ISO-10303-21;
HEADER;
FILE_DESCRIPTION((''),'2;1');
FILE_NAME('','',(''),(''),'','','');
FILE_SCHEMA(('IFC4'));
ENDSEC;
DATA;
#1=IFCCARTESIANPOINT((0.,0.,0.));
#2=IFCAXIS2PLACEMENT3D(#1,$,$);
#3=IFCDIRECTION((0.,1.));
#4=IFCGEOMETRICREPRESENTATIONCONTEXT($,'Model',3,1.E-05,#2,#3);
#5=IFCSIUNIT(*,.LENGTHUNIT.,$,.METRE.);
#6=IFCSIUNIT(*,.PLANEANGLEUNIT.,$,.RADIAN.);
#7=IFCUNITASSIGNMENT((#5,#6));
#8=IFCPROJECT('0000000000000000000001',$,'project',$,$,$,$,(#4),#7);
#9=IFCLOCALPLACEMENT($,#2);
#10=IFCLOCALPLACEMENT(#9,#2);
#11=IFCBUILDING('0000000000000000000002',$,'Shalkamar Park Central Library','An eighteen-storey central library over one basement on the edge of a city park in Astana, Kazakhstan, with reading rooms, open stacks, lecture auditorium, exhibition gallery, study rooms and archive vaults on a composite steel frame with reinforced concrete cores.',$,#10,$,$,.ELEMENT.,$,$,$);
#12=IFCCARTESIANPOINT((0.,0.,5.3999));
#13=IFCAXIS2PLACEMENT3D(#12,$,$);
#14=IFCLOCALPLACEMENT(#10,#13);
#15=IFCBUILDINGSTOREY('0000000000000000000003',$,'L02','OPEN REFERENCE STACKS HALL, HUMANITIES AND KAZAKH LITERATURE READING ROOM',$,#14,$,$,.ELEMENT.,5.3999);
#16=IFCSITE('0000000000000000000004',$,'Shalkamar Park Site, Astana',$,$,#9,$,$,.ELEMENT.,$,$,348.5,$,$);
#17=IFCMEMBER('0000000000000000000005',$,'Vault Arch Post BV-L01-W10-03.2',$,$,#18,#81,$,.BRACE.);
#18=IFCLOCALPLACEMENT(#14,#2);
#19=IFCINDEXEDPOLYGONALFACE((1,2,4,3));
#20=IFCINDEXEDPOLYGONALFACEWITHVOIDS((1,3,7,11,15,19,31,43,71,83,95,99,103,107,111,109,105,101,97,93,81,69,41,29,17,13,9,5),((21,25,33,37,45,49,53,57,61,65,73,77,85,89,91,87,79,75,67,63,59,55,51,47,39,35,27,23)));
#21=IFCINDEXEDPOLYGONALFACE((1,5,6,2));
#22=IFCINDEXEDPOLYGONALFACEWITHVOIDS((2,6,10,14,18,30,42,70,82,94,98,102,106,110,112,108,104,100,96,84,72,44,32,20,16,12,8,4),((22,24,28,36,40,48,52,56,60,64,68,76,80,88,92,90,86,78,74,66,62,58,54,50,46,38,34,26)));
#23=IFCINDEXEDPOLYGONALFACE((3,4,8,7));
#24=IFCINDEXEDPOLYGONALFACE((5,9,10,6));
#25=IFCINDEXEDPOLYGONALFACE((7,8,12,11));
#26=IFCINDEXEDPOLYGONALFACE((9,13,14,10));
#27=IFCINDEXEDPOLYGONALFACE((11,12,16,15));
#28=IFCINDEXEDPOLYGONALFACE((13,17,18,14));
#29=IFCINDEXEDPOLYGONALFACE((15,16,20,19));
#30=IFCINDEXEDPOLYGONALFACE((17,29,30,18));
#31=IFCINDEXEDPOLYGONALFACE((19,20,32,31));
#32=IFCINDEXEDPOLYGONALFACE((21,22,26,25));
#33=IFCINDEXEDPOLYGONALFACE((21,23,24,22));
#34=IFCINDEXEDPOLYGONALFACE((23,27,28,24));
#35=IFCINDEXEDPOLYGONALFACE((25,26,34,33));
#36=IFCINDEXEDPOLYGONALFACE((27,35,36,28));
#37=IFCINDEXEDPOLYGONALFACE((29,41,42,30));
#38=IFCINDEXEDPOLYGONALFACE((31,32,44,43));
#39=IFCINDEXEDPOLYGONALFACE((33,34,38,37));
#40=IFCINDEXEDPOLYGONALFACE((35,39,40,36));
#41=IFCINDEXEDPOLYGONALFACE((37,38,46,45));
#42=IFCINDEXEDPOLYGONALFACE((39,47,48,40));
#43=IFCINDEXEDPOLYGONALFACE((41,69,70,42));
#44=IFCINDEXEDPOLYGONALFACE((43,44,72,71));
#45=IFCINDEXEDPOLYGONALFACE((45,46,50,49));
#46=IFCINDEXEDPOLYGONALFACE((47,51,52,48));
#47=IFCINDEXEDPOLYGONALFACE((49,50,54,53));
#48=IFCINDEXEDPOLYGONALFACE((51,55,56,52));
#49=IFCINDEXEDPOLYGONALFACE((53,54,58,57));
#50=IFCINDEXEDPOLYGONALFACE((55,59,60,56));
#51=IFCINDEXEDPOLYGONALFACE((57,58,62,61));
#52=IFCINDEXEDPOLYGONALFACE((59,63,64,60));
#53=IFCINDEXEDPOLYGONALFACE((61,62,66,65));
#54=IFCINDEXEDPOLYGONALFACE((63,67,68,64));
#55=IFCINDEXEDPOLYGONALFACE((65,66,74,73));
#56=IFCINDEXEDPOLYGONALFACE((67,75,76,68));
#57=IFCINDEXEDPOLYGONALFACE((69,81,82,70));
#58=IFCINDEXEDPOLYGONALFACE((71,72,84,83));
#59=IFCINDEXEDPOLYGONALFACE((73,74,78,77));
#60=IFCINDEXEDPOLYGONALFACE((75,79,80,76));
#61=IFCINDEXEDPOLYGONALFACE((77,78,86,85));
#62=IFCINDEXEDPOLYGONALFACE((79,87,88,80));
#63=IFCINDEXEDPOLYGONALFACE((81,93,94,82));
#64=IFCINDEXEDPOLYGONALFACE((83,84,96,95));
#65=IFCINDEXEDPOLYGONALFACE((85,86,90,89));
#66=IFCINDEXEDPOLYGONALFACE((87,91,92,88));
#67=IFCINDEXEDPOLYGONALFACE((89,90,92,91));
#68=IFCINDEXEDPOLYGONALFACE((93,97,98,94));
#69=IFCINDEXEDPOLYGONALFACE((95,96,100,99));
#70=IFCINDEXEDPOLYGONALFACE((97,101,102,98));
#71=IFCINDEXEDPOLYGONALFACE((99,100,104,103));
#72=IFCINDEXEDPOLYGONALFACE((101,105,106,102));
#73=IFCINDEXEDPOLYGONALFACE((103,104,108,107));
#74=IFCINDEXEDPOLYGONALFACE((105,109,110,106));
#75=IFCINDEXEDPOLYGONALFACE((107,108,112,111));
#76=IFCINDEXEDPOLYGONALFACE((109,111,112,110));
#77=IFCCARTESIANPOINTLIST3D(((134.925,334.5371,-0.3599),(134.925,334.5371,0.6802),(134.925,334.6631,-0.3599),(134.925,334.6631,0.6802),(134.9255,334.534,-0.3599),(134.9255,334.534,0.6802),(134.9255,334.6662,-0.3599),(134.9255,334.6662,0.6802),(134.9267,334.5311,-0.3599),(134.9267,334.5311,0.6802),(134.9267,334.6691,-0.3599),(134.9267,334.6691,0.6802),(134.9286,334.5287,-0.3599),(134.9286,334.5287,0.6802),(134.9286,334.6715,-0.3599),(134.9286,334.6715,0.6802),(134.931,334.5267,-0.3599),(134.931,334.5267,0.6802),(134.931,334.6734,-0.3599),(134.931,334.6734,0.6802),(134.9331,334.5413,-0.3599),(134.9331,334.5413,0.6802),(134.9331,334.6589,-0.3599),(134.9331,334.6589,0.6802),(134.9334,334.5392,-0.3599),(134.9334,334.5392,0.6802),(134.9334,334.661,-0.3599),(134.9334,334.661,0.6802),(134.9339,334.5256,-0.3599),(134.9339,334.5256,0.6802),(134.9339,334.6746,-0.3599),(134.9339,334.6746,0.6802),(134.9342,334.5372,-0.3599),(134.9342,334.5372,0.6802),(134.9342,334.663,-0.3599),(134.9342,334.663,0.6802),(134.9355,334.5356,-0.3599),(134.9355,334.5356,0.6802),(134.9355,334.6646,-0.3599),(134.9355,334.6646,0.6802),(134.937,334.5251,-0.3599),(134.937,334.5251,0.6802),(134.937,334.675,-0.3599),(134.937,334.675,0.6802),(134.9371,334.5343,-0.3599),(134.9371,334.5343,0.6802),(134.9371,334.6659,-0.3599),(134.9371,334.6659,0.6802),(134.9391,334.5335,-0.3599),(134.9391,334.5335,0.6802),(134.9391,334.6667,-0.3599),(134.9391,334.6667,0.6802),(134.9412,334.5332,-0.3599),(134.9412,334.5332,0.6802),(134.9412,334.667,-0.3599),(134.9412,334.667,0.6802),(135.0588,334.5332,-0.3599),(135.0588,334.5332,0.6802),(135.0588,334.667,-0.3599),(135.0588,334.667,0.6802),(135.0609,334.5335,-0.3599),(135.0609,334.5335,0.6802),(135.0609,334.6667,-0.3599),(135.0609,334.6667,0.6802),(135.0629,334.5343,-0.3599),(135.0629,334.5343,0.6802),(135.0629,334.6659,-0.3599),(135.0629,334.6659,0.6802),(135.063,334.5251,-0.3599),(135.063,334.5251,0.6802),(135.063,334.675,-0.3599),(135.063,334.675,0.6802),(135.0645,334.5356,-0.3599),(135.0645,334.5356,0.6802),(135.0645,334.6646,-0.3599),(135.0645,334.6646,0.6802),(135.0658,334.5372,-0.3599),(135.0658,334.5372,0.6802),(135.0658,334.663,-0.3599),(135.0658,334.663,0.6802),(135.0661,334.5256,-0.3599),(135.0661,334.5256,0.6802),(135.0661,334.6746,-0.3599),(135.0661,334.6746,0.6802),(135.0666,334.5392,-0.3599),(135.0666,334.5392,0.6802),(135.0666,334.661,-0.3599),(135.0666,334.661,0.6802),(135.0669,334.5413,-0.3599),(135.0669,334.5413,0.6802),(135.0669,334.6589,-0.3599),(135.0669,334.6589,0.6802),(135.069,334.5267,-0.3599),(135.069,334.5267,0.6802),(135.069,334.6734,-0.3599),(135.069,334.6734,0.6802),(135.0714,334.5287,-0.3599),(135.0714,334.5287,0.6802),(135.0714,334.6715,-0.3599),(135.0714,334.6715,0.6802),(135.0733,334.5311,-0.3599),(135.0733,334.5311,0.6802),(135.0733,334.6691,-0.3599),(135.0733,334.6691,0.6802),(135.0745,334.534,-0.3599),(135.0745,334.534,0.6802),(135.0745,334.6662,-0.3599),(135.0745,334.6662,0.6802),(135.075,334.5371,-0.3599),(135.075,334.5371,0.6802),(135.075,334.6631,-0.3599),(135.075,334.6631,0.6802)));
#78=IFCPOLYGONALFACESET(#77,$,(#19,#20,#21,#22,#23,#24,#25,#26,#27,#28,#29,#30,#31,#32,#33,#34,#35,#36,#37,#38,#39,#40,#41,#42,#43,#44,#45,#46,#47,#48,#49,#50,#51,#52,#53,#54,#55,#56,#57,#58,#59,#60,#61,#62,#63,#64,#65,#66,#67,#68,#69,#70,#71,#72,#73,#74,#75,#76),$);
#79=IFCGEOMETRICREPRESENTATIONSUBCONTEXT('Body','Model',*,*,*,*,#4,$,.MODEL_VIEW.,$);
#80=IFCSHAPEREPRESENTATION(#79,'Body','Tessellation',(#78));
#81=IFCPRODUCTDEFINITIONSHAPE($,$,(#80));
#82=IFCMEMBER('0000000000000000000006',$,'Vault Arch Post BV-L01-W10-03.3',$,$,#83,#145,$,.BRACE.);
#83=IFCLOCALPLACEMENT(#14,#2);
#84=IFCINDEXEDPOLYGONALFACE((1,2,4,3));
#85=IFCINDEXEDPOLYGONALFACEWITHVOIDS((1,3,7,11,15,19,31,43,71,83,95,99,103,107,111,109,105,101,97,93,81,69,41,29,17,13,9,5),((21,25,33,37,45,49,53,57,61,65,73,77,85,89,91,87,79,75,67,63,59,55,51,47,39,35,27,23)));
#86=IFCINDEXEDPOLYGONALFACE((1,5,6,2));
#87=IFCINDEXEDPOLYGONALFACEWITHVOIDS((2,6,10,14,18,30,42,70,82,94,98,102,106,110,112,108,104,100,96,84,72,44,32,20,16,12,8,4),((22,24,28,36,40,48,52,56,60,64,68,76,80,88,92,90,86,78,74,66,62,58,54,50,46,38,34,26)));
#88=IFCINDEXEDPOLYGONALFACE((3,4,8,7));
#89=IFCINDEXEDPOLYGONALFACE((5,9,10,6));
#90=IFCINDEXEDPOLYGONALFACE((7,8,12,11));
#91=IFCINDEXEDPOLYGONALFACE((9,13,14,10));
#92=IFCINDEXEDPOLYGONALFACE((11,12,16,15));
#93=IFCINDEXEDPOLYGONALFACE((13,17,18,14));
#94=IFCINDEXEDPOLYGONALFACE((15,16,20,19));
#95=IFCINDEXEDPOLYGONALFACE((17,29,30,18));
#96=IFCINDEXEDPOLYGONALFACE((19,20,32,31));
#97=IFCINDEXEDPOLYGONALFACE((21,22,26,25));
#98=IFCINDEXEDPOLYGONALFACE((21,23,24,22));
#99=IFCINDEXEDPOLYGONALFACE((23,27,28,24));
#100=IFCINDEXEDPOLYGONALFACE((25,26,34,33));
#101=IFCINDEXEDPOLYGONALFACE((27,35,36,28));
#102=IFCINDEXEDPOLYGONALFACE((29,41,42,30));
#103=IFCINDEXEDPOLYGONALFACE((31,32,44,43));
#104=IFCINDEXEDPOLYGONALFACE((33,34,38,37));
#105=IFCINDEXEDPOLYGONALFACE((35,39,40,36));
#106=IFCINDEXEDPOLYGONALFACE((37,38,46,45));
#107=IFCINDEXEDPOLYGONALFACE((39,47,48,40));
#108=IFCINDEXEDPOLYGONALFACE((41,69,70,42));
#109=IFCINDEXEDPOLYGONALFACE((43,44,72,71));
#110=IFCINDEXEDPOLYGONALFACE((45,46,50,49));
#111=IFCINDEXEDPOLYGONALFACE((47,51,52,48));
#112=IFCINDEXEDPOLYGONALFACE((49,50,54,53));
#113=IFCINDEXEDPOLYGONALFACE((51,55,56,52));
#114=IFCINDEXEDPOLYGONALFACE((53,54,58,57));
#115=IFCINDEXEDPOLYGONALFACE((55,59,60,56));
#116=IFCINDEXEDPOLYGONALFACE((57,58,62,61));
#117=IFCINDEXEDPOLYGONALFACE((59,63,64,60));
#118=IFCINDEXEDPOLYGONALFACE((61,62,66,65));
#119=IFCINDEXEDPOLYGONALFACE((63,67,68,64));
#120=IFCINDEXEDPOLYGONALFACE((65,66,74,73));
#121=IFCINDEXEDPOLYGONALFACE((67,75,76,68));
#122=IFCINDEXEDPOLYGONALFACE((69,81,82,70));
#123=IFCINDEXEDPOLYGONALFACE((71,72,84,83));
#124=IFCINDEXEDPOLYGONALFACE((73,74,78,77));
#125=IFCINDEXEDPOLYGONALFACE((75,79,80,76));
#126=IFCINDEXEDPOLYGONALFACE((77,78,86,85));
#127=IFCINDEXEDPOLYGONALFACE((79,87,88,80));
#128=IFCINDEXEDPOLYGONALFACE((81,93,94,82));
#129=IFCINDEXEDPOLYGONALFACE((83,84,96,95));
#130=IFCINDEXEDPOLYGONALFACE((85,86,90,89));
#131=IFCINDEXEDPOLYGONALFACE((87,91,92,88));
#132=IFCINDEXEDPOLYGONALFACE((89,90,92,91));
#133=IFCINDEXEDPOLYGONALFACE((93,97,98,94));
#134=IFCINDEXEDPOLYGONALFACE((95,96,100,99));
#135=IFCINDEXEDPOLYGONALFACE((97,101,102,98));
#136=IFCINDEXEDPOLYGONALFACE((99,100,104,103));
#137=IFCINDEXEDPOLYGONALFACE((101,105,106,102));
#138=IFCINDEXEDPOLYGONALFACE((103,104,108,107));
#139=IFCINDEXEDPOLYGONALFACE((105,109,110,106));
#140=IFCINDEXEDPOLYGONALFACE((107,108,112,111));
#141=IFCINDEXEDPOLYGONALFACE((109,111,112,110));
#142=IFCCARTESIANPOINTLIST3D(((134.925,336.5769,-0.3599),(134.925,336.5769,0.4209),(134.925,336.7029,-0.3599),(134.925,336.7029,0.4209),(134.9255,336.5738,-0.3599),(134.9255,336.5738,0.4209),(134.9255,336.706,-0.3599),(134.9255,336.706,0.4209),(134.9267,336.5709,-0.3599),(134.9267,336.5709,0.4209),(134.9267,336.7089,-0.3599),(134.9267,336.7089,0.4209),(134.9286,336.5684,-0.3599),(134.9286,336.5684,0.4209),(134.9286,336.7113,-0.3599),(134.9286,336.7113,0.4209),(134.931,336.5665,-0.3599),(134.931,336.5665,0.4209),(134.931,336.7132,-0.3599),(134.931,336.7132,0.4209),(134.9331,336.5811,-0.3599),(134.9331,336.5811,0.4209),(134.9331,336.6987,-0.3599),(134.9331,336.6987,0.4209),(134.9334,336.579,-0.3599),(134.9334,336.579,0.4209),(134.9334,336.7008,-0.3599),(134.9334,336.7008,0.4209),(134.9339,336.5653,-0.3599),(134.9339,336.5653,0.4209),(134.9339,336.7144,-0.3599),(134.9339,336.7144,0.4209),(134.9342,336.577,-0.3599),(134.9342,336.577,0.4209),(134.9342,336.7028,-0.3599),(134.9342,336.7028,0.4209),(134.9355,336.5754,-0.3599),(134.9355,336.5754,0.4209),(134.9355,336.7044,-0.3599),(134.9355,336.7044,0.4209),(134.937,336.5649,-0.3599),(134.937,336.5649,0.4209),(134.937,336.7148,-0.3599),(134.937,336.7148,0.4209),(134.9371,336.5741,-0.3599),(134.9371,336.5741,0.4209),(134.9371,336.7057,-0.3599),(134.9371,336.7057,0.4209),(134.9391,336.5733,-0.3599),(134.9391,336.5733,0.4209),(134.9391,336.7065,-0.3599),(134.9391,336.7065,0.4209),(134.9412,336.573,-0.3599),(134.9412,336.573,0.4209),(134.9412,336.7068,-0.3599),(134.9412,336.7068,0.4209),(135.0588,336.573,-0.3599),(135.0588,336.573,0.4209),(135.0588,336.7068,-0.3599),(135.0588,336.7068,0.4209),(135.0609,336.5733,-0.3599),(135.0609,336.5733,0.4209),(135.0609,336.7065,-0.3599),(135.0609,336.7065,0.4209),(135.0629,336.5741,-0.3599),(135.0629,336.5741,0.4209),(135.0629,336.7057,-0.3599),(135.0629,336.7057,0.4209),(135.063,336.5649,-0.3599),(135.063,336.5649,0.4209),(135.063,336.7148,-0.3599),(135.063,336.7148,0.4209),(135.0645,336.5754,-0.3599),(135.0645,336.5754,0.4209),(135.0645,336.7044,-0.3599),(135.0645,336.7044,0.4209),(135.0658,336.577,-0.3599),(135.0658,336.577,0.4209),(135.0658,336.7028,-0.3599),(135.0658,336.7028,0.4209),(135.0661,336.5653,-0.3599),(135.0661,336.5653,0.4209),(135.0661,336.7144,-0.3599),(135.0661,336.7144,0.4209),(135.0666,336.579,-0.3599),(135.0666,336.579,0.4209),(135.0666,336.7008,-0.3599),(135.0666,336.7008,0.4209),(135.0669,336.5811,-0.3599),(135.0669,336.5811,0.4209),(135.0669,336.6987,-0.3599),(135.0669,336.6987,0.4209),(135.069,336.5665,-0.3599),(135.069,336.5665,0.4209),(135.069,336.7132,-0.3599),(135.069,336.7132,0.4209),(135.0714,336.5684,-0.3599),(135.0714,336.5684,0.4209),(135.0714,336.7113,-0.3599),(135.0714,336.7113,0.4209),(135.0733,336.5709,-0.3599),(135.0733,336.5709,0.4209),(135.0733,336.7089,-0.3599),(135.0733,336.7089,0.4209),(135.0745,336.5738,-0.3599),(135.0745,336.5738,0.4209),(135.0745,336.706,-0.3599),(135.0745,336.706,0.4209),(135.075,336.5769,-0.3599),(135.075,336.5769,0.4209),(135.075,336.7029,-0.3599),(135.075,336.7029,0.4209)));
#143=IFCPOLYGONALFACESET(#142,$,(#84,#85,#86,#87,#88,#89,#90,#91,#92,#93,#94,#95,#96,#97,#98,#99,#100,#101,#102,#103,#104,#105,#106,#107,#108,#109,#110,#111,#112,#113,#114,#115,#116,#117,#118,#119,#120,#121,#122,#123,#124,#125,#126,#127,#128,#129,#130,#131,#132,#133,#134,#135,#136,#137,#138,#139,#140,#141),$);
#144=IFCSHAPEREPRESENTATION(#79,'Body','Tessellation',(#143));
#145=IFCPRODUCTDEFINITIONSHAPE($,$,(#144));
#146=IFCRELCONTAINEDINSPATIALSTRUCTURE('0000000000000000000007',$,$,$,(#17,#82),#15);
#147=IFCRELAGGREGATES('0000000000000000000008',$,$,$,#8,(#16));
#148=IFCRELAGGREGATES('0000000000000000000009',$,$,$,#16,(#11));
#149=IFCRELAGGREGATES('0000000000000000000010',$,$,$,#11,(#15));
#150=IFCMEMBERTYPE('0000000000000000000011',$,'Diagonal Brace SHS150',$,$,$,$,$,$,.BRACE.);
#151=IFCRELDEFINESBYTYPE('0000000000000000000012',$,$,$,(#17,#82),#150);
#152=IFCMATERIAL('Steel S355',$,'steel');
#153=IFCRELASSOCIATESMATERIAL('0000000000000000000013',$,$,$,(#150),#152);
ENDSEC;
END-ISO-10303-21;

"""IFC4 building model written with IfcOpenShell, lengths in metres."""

from ifc_helpers import new_model, si_unit, direction, frame, origin, origin_2d, place, context, subcontext, project, spatial, hollow_rectangle, extrude, material, material_profile, profile_set, type_object, element, save


model = new_model("IFC4")

# Units and contexts
model_context = context("Model", 3, precision=1e-05, world=origin(), true_north=direction((0.0, 1.0)))
body_context = subcontext(model_context, "Body", "Model", "MODEL_VIEW")
ifc_project = project(units=[si_unit("LENGTHUNIT", "METRE"), si_unit("PLANEANGLEUNIT", "RADIAN")], contexts=[model_context])

# Site, building, storey
site_placement = place(None, origin())
site = spatial("IfcSite", under=ifc_project, at=site_placement, Name="Shalkamar Park Site, Astana", CompositionType="ELEMENT", RefElevation=348.5)
building_placement = place(site_placement, origin())
building = spatial("IfcBuilding", under=site, at=building_placement, Name="Shalkamar Park Central Library", Description="An eighteen-storey central library over one basement on the edge of a city park in Astana, Kazakhstan, with reading rooms, open stacks, lecture auditorium, exhibition gallery, study rooms and archive vaults on a composite steel frame with reinforced concrete cores.", CompositionType="ELEMENT")
storey_placement = place(building_placement, frame((0.0, 0.0, 5.3999)))
storey = spatial("IfcBuildingStorey", under=building, at=storey_placement, Name="L02", Description="OPEN REFERENCE STACKS HALL, HUMANITIES AND KAZAKH LITERATURE READING ROOM", CompositionType="ELEMENT", Elevation=5.3999)

# Shared definitions
ifc_material_1 = material(Name="Steel S355", Category="steel")

# Members
ifc_material_profile_1 = material_profile(ifc_material_1, hollow_rectangle(XDim=0.1499, YDim=0.1499, WallThickness=0.0081, InnerFilletRadius=0.0081, OuterFilletRadius=0.012, at=origin_2d()), Name="SHS 150x150x8")
ifc_profile_set_1 = profile_set([ifc_material_profile_1], Name="Steel S355")
member_type_1 = type_object("IfcMemberType", Name="Diagonal Brace SHS150", PredefinedType="BRACE", material=ifc_profile_set_1)
member_1_placement = place(storey_placement, frame((135.0, 334.6001, -0.3599), z_axis=(0.0, 0.0, 1.0), x_axis=(1.0, 0.0, 0.0)))
element("IfcMember", 1, at=member_1_placement, inside=storey, type_object=member_type_1, Name="Vault Arch Post BV-L01-W10-03.2", PredefinedType="BRACE", context=body_context, shape_type="SweptSolid", body=[
    extrude(hollow_rectangle(XDim=0.1499, YDim=0.1499, WallThickness=0.0081, InnerFilletRadius=0.0081, OuterFilletRadius=0.012, at=origin_2d()), origin(), (0.0, 0.0, 1.0), 1.04),
])
for number, where, z_axis, x_axis, name in (
    (2, (135.0, 336.6399, -0.3599), (0.0, 0.0, 1.0), (1.0, 0.0, 0.0), "Vault Arch Post BV-L01-W10-03.3"),
):
    element("IfcMember", number, at=place(storey_placement, frame(where, z_axis=z_axis, x_axis=x_axis)), inside=storey, type_object=member_type_1, Name=name, PredefinedType="BRACE", context=body_context, shape_type="SweptSolid", body=[
        extrude(hollow_rectangle(XDim=0.1499, YDim=0.1499, WallThickness=0.0081, InnerFilletRadius=0.0081, OuterFilletRadius=0.012, at=origin_2d()), origin(), (0.0, 0.0, 1.0), 0.7808),
    ])

save(model, "model.ifc")
